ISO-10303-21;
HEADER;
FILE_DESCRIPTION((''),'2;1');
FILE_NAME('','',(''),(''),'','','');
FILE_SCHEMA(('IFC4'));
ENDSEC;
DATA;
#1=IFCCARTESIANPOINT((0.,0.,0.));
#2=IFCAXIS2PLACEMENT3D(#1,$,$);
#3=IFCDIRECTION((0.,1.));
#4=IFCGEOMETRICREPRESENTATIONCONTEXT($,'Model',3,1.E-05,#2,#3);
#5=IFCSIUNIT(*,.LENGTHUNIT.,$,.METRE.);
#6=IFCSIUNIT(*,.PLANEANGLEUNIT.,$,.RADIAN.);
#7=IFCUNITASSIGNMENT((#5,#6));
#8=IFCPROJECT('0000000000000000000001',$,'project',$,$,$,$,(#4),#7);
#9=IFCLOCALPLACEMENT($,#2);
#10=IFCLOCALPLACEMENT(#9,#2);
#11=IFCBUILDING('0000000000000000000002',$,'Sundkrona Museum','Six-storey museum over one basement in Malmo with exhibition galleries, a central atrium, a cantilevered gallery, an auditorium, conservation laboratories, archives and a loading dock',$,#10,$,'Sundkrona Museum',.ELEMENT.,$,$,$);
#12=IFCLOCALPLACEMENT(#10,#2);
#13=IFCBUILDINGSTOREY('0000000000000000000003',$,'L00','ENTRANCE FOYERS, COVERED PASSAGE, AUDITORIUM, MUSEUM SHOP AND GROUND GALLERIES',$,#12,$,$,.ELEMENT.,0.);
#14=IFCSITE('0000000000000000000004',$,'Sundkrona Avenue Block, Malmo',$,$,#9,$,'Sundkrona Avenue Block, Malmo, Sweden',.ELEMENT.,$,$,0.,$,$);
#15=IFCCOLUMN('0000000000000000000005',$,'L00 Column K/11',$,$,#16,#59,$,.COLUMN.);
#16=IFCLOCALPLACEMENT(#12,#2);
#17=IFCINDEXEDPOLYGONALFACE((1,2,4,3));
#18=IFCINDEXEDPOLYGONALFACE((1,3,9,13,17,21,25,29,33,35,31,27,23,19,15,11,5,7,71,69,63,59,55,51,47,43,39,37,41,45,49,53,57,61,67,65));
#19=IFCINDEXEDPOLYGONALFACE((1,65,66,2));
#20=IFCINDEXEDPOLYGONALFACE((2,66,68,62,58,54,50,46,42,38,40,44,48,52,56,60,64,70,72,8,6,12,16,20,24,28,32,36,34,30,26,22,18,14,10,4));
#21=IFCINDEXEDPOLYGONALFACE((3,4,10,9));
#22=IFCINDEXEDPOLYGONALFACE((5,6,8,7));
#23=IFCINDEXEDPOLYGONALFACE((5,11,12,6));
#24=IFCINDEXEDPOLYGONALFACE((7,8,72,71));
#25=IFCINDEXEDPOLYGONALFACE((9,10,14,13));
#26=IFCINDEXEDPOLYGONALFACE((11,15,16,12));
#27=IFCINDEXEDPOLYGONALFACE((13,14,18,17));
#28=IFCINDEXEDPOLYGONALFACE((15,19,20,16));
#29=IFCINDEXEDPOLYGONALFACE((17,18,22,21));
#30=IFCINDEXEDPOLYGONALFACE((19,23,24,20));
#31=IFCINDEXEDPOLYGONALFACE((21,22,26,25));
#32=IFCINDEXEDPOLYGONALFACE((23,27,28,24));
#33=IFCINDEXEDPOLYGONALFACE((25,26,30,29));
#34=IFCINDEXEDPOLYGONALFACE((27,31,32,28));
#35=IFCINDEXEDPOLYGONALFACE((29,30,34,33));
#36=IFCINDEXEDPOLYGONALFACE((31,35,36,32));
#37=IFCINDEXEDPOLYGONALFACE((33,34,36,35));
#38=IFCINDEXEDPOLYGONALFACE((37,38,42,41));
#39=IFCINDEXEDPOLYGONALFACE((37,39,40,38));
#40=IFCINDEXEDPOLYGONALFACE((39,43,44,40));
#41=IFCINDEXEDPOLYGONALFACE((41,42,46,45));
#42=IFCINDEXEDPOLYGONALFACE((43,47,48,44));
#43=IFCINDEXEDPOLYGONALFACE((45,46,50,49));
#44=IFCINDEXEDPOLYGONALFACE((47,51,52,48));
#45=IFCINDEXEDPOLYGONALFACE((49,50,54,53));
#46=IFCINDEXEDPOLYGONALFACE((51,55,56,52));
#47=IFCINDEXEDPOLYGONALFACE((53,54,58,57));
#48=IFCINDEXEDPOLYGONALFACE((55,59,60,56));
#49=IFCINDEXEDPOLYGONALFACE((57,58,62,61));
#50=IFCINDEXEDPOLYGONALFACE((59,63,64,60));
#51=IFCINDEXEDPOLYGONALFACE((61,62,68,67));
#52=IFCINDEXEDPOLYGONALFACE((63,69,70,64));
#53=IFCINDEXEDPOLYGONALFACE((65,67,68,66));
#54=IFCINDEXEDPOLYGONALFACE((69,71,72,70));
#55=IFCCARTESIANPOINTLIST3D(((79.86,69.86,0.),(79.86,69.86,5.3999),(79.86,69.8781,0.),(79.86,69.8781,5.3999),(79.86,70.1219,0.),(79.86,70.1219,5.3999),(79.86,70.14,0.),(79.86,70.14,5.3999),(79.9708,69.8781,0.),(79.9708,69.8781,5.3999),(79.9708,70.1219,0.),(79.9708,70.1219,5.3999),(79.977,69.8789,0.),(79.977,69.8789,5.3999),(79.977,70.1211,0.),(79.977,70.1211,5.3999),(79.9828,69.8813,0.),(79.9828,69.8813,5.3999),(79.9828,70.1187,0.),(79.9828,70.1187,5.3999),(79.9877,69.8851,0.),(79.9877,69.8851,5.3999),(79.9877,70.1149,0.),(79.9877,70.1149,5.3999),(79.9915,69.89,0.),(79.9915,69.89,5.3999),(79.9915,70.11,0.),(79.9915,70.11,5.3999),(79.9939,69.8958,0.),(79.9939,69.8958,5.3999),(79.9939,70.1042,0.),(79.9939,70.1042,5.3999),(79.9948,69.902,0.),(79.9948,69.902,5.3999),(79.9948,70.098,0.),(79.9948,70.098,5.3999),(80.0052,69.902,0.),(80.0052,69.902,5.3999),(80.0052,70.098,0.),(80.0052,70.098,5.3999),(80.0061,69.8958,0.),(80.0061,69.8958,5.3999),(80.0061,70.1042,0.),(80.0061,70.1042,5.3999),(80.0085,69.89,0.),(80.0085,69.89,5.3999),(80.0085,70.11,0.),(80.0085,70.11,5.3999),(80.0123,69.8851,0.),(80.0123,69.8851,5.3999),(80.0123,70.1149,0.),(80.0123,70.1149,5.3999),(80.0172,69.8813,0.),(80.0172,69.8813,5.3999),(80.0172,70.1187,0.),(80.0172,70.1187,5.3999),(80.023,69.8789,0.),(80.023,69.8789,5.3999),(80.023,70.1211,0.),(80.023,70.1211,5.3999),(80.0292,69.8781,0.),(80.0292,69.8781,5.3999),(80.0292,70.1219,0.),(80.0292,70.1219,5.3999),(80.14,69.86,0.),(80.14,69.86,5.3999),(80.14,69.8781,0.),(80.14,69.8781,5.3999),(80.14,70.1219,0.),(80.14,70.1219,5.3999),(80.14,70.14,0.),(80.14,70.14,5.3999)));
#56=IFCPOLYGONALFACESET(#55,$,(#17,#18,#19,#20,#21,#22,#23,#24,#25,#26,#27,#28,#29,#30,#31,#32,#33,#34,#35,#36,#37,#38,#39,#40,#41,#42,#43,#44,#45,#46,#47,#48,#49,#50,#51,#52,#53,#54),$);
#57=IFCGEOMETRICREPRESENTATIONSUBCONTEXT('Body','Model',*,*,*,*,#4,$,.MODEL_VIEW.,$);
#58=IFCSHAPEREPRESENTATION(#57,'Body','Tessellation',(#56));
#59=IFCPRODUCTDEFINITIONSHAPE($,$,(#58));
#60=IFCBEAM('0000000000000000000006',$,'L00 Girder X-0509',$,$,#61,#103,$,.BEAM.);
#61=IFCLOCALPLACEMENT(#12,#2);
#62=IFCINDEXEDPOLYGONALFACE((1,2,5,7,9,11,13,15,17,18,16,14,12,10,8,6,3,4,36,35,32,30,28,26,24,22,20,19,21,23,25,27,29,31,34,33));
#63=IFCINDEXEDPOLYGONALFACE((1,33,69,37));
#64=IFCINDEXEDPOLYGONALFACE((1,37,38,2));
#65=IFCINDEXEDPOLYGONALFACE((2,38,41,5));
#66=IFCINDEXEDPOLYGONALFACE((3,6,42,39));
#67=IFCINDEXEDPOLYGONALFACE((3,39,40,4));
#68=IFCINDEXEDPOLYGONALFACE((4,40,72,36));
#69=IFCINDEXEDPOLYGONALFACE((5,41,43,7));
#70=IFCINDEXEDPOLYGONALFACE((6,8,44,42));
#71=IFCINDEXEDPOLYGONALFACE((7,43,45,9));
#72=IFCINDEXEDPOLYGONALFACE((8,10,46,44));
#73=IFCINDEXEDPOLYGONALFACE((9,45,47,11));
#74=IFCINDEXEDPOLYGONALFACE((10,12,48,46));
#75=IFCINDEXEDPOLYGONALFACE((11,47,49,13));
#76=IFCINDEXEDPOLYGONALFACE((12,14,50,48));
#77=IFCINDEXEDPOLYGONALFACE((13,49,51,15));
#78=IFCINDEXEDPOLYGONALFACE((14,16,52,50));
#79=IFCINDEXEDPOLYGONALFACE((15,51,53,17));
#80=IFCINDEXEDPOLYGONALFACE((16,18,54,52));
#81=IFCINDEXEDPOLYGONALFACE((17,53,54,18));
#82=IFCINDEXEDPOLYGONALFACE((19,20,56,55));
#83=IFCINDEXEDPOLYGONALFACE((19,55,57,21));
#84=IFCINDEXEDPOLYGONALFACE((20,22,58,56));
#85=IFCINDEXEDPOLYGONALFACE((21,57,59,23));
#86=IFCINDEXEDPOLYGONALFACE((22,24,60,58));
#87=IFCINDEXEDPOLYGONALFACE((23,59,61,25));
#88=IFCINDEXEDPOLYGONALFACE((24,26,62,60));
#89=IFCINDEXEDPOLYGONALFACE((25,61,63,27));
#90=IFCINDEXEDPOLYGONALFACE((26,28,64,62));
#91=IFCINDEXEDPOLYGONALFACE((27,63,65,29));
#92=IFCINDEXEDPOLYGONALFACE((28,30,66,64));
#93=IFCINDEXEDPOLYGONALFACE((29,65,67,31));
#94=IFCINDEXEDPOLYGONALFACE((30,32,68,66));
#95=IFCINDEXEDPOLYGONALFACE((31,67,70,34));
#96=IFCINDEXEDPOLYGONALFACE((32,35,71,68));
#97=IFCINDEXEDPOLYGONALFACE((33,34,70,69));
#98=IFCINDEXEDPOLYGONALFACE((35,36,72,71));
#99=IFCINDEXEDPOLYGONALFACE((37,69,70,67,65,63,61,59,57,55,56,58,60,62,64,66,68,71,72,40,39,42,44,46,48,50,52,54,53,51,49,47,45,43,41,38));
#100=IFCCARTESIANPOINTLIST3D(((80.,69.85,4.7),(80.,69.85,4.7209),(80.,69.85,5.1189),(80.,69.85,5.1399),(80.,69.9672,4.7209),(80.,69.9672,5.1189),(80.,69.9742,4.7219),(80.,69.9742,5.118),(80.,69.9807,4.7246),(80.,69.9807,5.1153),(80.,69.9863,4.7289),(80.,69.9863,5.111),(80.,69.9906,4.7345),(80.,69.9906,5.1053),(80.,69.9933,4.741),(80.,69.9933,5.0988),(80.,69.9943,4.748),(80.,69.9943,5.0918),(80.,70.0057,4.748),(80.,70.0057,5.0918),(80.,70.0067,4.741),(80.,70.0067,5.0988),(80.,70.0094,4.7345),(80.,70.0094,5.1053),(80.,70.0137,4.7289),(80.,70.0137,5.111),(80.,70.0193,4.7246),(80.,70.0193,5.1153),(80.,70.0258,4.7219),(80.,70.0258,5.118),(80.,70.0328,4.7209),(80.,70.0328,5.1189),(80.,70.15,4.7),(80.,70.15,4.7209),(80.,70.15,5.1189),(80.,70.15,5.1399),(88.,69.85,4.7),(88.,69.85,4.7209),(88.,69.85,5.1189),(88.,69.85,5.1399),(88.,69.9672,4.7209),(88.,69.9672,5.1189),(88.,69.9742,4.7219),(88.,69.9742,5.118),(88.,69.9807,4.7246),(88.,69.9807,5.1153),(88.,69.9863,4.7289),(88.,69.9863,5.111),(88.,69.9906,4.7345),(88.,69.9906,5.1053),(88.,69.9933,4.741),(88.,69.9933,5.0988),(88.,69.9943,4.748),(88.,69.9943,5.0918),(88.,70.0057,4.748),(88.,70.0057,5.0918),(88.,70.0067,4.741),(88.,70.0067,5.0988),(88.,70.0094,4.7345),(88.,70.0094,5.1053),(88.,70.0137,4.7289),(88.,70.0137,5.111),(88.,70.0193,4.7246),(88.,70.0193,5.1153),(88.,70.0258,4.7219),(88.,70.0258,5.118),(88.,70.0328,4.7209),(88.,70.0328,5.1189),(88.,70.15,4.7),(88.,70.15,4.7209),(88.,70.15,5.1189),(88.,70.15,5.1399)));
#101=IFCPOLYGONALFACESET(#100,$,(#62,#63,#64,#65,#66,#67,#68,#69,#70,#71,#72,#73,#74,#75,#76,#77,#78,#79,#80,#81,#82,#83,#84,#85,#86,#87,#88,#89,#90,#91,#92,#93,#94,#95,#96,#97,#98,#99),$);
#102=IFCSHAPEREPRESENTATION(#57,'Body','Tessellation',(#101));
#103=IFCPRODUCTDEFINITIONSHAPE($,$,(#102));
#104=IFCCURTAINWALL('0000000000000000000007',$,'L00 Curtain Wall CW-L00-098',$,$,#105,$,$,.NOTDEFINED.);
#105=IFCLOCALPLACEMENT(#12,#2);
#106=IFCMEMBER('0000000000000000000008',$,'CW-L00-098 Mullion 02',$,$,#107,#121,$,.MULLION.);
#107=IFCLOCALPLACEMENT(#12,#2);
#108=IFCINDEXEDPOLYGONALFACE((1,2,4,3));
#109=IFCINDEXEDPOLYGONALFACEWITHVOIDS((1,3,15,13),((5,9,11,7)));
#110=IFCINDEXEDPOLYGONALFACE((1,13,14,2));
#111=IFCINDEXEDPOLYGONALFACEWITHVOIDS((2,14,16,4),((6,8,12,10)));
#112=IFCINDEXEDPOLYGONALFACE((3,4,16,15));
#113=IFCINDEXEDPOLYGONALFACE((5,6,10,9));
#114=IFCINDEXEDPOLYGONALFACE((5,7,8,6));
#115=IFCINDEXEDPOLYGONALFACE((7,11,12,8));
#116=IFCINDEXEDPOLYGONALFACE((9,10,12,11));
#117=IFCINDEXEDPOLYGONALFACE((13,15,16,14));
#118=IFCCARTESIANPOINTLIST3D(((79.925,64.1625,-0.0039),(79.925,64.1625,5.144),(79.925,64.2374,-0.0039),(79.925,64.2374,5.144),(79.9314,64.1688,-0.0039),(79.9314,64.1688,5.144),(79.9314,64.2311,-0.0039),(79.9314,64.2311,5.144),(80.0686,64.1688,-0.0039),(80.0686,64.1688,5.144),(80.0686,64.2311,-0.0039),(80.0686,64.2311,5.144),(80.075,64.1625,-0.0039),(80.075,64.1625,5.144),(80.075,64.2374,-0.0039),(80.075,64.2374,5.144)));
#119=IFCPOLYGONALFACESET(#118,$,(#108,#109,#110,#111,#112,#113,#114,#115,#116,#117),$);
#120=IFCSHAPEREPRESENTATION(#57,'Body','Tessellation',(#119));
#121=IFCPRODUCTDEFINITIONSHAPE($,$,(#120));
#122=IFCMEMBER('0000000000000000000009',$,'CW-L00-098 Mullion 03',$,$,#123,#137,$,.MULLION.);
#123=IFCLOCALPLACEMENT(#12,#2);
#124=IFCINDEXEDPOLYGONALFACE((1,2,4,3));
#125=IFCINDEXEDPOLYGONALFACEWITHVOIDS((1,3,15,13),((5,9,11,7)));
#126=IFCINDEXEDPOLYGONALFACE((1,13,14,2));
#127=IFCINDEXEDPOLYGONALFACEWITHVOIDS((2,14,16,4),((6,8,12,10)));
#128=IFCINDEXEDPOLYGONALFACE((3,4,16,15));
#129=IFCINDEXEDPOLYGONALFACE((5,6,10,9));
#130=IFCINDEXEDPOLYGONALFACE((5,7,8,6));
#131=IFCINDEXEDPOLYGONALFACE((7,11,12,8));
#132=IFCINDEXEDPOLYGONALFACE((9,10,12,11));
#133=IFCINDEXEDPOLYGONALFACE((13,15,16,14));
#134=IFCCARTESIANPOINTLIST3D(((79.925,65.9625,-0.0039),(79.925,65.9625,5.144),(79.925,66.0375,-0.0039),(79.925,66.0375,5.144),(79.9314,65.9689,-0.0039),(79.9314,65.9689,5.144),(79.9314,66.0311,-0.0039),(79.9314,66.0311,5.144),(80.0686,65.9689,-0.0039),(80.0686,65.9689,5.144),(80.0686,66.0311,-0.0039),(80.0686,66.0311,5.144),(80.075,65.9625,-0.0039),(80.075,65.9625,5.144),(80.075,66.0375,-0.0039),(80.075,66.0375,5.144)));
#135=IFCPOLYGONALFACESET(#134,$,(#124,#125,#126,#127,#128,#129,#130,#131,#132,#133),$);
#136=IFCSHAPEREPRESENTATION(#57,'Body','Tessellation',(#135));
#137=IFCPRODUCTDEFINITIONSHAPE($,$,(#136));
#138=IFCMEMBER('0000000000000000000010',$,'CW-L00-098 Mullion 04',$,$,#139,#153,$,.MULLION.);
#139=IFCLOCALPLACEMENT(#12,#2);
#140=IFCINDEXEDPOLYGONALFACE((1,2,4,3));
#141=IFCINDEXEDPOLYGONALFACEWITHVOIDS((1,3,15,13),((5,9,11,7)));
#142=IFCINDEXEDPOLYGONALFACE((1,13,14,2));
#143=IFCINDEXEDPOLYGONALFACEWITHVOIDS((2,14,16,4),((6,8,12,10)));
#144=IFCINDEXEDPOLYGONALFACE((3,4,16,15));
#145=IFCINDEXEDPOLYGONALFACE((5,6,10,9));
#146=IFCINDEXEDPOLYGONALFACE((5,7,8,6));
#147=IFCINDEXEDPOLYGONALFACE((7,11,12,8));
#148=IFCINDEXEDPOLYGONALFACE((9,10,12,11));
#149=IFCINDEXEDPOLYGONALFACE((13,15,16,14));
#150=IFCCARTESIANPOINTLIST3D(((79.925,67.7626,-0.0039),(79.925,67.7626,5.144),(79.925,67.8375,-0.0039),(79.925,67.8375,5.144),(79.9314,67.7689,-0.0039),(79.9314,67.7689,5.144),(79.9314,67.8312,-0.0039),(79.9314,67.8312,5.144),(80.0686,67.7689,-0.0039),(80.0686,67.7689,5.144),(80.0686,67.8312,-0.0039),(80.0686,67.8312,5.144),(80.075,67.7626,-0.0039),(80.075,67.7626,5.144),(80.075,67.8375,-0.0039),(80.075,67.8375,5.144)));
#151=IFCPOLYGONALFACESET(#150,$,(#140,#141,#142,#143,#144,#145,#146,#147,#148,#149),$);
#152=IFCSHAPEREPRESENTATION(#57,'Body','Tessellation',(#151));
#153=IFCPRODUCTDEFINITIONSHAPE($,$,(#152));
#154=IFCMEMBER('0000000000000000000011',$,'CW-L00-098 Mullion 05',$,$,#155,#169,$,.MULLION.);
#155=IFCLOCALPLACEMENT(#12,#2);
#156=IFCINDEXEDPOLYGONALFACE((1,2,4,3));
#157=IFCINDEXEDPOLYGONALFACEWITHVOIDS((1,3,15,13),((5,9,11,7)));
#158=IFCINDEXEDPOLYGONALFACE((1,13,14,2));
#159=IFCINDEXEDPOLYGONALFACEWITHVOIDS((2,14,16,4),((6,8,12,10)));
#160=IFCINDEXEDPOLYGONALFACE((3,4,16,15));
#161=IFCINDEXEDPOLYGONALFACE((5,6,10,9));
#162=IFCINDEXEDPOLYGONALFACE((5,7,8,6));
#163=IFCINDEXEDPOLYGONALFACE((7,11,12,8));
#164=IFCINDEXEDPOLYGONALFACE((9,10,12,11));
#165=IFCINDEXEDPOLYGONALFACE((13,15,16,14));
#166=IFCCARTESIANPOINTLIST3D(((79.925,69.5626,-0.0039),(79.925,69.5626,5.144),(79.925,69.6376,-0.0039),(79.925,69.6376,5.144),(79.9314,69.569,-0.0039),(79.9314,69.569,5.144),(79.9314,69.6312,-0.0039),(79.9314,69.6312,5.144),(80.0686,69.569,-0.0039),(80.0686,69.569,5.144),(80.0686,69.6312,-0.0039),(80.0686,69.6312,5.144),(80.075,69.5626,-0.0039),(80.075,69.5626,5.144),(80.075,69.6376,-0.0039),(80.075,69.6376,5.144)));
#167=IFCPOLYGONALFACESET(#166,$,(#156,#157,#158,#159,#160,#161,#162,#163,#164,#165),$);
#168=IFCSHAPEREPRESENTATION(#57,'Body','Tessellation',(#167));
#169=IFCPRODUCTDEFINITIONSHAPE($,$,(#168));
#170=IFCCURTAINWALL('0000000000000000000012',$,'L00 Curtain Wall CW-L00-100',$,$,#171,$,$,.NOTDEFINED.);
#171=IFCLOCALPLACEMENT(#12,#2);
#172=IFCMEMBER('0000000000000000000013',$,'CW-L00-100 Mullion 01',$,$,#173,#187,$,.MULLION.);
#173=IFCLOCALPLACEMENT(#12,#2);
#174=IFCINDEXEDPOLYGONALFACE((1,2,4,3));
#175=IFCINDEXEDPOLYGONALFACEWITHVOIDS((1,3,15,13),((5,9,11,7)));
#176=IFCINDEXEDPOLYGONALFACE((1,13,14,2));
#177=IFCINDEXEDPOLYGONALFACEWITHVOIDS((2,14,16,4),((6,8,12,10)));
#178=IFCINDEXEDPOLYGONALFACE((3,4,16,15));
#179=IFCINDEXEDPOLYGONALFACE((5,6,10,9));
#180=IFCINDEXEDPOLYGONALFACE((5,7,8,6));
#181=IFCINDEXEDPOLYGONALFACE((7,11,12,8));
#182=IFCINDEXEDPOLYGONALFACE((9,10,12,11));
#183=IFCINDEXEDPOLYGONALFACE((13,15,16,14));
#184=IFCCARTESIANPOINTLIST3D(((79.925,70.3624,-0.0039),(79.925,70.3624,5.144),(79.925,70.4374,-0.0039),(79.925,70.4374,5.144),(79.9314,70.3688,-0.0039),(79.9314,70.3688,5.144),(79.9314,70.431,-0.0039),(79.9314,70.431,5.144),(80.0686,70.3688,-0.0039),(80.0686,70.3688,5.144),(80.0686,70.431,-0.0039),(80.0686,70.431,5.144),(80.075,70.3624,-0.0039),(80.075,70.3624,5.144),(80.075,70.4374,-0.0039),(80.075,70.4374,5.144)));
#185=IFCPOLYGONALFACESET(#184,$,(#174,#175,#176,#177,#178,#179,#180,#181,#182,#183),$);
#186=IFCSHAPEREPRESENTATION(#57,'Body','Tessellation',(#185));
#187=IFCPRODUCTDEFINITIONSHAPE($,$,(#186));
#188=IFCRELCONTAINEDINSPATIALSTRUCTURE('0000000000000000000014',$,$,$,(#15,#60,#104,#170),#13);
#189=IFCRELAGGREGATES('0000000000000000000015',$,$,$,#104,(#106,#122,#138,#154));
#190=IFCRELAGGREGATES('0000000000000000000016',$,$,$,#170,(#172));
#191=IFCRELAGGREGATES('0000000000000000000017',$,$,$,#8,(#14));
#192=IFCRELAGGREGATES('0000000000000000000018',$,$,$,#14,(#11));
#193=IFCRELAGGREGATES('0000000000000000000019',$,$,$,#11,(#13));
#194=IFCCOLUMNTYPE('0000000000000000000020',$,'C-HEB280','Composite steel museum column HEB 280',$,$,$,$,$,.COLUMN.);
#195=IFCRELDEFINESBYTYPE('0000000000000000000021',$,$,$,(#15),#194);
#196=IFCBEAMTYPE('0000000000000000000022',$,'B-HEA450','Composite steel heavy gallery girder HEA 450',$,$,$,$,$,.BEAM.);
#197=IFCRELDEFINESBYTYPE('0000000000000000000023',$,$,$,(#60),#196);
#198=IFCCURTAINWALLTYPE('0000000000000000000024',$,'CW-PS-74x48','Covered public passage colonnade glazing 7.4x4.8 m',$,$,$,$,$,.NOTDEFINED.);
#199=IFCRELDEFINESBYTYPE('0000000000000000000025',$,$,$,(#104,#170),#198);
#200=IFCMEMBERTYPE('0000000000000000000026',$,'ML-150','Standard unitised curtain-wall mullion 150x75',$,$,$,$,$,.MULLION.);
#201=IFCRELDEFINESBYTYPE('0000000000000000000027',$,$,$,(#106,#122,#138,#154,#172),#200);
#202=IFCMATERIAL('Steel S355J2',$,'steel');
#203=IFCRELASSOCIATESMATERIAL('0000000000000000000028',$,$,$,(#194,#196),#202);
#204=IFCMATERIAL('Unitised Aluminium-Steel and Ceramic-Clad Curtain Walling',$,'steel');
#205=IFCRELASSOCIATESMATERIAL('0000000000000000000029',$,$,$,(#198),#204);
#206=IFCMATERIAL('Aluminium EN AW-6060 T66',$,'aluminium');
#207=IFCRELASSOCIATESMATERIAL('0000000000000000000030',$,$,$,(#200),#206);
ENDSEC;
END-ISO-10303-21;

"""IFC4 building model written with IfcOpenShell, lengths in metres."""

from ifc_helpers import new_model, si_unit, direction, frame, origin, origin_2d, place, context, subcontext, project, spatial, hollow_rectangle, i_section, extrude, material, material_profile, profile_set, type_object, element, aggregate, save


model = new_model("IFC4")

# Units and contexts
model_context = context("Model", 3, precision=1e-05, world=origin(), true_north=direction((0.0, 1.0)))
body_context = subcontext(model_context, "Body", "Model", "MODEL_VIEW")
ifc_project = project(units=[si_unit("LENGTHUNIT", "METRE"), si_unit("PLANEANGLEUNIT", "RADIAN")], contexts=[model_context])

# Site, building, storey
site_placement = place(None, origin())
site = spatial("IfcSite", under=ifc_project, at=site_placement, Name="Sundkrona Avenue Block, Malmo", LongName="Sundkrona Avenue Block, Malmo, Sweden", CompositionType="ELEMENT", RefElevation=0.0)
building_placement = place(site_placement, origin())
building = spatial("IfcBuilding", under=site, at=building_placement, Name="Sundkrona Museum", Description="Six-storey museum over one basement in Malmo with exhibition galleries, a central atrium, a cantilevered gallery, an auditorium, conservation laboratories, archives and a loading dock", LongName="Sundkrona Museum", CompositionType="ELEMENT")
storey_placement = place(building_placement, origin())
storey = spatial("IfcBuildingStorey", under=building, at=storey_placement, Name="L00", Description="ENTRANCE FOYERS, COVERED PASSAGE, AUDITORIUM, MUSEUM SHOP AND GROUND GALLERIES", CompositionType="ELEMENT", Elevation=0.0)

# Column
ifc_material_1 = material(Name="Steel S355J2", Category="steel")
ifc_material_profile_1 = material_profile(ifc_material_1, i_section(OverallWidth=0.28, OverallDepth=0.28, WebThickness=0.0105, FlangeThickness=0.0181, FilletRadius=0.0239, at=origin_2d()), Name="HEB 280")
ifc_profile_set_1 = profile_set([ifc_material_profile_1], Name="Steel S355J2")
column_type = type_object("IfcColumnType", Name="C-HEB280", Description="Composite steel museum column HEB 280", PredefinedType="COLUMN", material=ifc_profile_set_1)
column_placement = place(storey_placement, frame((80.0, 70.0, 0.0), z_axis=(0.0, 0.0, 1.0), x_axis=(1.0, 0.0, 0.0)))
element("IfcColumn", 1, at=column_placement, inside=storey, type_object=column_type, Name="L00 Column K/11", PredefinedType="COLUMN", context=body_context, shape_type="SweptSolid", body=[
    extrude(i_section(OverallWidth=0.28, OverallDepth=0.28, WebThickness=0.0105, FlangeThickness=0.0181, FilletRadius=0.0239, at=origin_2d()), origin(), (0.0, 0.0, 1.0), 5.3999),
])

# Beam
ifc_material_profile_2 = material_profile(ifc_material_1, i_section(OverallWidth=0.3, OverallDepth=0.4399, WebThickness=0.0115, FlangeThickness=0.021, FilletRadius=0.0271, at=origin_2d()), Name="HEA 450")
ifc_profile_set_2 = profile_set([ifc_material_profile_2], Name="Steel S355J2")
beam_type_1 = type_object("IfcBeamType", Name="B-HEA450", Description="Composite steel heavy gallery girder HEA 450", PredefinedType="BEAM", material=ifc_profile_set_2)
beam_1_placement = place(storey_placement, frame((80.0, 70.0, 4.9199), z_axis=(1.0, 0.0, 0.0), x_axis=(0.0, 1.0, 0.0)))
element("IfcBeam", 2, at=beam_1_placement, inside=storey, type_object=beam_type_1, Name="L00 Girder X-0509", PredefinedType="BEAM", context=body_context, shape_type="SweptSolid", body=[
    extrude(i_section(OverallWidth=0.3, OverallDepth=0.4399, WebThickness=0.0115, FlangeThickness=0.021, FilletRadius=0.0271, at=origin_2d()), origin(), (0.0, 0.0, 1.0), 8.0),
])

# Curtain walls, members
ifc_material_2 = material(Name="Unitised Aluminium-Steel and Ceramic-Clad Curtain Walling", Category="steel")
curtain_wall_type = type_object("IfcCurtainWallType", Name="CW-PS-74x48", Description="Covered public passage colonnade glazing 7.4x4.8 m", PredefinedType="NOTDEFINED", material=ifc_material_2)
curtain_wall_1_placement = place(storey_placement, origin())
curtain_wall_1 = element("IfcCurtainWall", 3, at=curtain_wall_1_placement, inside=storey, type_object=curtain_wall_type, Name="L00 Curtain Wall CW-L00-098", PredefinedType="NOTDEFINED")
ifc_material_3 = material(Name="Aluminium EN AW-6060 T66", Category="aluminium")
ifc_material_profile_3 = material_profile(ifc_material_3, hollow_rectangle(XDim=0.075, YDim=0.1499, WallThickness=0.0063, at=origin_2d()), Name="RHS 150x75x6.3")
ifc_profile_set_3 = profile_set([ifc_material_profile_3], Name="Aluminium EN AW-6060 T66")
member_type_1 = type_object("IfcMemberType", Name="ML-150", Description="Standard unitised curtain-wall mullion 150x75", PredefinedType="MULLION", material=ifc_profile_set_3)
member_1_placement = place(storey_placement, frame((80.0, 64.2, -0.0039), z_axis=(0.0, 0.0, 1.0), x_axis=(0.0, 1.0, 0.0)))
member_1 = element("IfcMember", 4, at=member_1_placement, type_object=member_type_1, Name="CW-L00-098 Mullion 02", PredefinedType="MULLION", context=body_context, shape_type="SweptSolid", body=[
    extrude(hollow_rectangle(XDim=0.075, YDim=0.1499, WallThickness=0.0063, at=origin_2d()), origin(), (0.0, 0.0, 1.0), 5.1479),
])
member_2_placement = place(storey_placement, frame((80.0, 66.0, -0.0039), z_axis=(0.0, 0.0, 1.0), x_axis=(0.0, 1.0, 0.0)))
member_2 = element("IfcMember", 5, at=member_2_placement, type_object=member_type_1, Name="CW-L00-098 Mullion 03", PredefinedType="MULLION", context=body_context, shape_type="SweptSolid", body=[
    extrude(hollow_rectangle(XDim=0.075, YDim=0.1499, WallThickness=0.0063, at=origin_2d()), origin(), (0.0, 0.0, 1.0), 5.1479),
])
member_3_placement = place(storey_placement, frame((80.0, 67.8, -0.0039), z_axis=(0.0, 0.0, 1.0), x_axis=(0.0, 1.0, 0.0)))
member_3 = element("IfcMember", 6, at=member_3_placement, type_object=member_type_1, Name="CW-L00-098 Mullion 04", PredefinedType="MULLION", context=body_context, shape_type="SweptSolid", body=[
    extrude(hollow_rectangle(XDim=0.075, YDim=0.1499, WallThickness=0.0063, at=origin_2d()), origin(), (0.0, 0.0, 1.0), 5.1479),
])
member_4_placement = place(storey_placement, frame((80.0, 69.6001, -0.0039), z_axis=(0.0, 0.0, 1.0), x_axis=(0.0, 1.0, 0.0)))
member_4 = element("IfcMember", 7, at=member_4_placement, type_object=member_type_1, Name="CW-L00-098 Mullion 05", PredefinedType="MULLION", context=body_context, shape_type="SweptSolid", body=[
    extrude(hollow_rectangle(XDim=0.075, YDim=0.1499, WallThickness=0.0063, at=origin_2d()), origin(), (0.0, 0.0, 1.0), 5.1479),
])
curtain_wall_2_placement = place(storey_placement, origin())
curtain_wall_2 = element("IfcCurtainWall", 8, at=curtain_wall_2_placement, inside=storey, type_object=curtain_wall_type, Name="L00 Curtain Wall CW-L00-100", PredefinedType="NOTDEFINED")
member_5_placement = place(storey_placement, frame((80.0, 70.3999, -0.0039), z_axis=(0.0, 0.0, 1.0), x_axis=(0.0, 1.0, 0.0)))
member_5 = element("IfcMember", 9, at=member_5_placement, type_object=member_type_1, Name="CW-L00-100 Mullion 01", PredefinedType="MULLION", context=body_context, shape_type="SweptSolid", body=[
    extrude(hollow_rectangle(XDim=0.075, YDim=0.1499, WallThickness=0.0063, at=origin_2d()), origin(), (0.0, 0.0, 1.0), 5.1479),
])

aggregate(curtain_wall_1, [member_1, member_2, member_3, member_4])
aggregate(curtain_wall_2, [member_5])

save(model, "model.ifc")
